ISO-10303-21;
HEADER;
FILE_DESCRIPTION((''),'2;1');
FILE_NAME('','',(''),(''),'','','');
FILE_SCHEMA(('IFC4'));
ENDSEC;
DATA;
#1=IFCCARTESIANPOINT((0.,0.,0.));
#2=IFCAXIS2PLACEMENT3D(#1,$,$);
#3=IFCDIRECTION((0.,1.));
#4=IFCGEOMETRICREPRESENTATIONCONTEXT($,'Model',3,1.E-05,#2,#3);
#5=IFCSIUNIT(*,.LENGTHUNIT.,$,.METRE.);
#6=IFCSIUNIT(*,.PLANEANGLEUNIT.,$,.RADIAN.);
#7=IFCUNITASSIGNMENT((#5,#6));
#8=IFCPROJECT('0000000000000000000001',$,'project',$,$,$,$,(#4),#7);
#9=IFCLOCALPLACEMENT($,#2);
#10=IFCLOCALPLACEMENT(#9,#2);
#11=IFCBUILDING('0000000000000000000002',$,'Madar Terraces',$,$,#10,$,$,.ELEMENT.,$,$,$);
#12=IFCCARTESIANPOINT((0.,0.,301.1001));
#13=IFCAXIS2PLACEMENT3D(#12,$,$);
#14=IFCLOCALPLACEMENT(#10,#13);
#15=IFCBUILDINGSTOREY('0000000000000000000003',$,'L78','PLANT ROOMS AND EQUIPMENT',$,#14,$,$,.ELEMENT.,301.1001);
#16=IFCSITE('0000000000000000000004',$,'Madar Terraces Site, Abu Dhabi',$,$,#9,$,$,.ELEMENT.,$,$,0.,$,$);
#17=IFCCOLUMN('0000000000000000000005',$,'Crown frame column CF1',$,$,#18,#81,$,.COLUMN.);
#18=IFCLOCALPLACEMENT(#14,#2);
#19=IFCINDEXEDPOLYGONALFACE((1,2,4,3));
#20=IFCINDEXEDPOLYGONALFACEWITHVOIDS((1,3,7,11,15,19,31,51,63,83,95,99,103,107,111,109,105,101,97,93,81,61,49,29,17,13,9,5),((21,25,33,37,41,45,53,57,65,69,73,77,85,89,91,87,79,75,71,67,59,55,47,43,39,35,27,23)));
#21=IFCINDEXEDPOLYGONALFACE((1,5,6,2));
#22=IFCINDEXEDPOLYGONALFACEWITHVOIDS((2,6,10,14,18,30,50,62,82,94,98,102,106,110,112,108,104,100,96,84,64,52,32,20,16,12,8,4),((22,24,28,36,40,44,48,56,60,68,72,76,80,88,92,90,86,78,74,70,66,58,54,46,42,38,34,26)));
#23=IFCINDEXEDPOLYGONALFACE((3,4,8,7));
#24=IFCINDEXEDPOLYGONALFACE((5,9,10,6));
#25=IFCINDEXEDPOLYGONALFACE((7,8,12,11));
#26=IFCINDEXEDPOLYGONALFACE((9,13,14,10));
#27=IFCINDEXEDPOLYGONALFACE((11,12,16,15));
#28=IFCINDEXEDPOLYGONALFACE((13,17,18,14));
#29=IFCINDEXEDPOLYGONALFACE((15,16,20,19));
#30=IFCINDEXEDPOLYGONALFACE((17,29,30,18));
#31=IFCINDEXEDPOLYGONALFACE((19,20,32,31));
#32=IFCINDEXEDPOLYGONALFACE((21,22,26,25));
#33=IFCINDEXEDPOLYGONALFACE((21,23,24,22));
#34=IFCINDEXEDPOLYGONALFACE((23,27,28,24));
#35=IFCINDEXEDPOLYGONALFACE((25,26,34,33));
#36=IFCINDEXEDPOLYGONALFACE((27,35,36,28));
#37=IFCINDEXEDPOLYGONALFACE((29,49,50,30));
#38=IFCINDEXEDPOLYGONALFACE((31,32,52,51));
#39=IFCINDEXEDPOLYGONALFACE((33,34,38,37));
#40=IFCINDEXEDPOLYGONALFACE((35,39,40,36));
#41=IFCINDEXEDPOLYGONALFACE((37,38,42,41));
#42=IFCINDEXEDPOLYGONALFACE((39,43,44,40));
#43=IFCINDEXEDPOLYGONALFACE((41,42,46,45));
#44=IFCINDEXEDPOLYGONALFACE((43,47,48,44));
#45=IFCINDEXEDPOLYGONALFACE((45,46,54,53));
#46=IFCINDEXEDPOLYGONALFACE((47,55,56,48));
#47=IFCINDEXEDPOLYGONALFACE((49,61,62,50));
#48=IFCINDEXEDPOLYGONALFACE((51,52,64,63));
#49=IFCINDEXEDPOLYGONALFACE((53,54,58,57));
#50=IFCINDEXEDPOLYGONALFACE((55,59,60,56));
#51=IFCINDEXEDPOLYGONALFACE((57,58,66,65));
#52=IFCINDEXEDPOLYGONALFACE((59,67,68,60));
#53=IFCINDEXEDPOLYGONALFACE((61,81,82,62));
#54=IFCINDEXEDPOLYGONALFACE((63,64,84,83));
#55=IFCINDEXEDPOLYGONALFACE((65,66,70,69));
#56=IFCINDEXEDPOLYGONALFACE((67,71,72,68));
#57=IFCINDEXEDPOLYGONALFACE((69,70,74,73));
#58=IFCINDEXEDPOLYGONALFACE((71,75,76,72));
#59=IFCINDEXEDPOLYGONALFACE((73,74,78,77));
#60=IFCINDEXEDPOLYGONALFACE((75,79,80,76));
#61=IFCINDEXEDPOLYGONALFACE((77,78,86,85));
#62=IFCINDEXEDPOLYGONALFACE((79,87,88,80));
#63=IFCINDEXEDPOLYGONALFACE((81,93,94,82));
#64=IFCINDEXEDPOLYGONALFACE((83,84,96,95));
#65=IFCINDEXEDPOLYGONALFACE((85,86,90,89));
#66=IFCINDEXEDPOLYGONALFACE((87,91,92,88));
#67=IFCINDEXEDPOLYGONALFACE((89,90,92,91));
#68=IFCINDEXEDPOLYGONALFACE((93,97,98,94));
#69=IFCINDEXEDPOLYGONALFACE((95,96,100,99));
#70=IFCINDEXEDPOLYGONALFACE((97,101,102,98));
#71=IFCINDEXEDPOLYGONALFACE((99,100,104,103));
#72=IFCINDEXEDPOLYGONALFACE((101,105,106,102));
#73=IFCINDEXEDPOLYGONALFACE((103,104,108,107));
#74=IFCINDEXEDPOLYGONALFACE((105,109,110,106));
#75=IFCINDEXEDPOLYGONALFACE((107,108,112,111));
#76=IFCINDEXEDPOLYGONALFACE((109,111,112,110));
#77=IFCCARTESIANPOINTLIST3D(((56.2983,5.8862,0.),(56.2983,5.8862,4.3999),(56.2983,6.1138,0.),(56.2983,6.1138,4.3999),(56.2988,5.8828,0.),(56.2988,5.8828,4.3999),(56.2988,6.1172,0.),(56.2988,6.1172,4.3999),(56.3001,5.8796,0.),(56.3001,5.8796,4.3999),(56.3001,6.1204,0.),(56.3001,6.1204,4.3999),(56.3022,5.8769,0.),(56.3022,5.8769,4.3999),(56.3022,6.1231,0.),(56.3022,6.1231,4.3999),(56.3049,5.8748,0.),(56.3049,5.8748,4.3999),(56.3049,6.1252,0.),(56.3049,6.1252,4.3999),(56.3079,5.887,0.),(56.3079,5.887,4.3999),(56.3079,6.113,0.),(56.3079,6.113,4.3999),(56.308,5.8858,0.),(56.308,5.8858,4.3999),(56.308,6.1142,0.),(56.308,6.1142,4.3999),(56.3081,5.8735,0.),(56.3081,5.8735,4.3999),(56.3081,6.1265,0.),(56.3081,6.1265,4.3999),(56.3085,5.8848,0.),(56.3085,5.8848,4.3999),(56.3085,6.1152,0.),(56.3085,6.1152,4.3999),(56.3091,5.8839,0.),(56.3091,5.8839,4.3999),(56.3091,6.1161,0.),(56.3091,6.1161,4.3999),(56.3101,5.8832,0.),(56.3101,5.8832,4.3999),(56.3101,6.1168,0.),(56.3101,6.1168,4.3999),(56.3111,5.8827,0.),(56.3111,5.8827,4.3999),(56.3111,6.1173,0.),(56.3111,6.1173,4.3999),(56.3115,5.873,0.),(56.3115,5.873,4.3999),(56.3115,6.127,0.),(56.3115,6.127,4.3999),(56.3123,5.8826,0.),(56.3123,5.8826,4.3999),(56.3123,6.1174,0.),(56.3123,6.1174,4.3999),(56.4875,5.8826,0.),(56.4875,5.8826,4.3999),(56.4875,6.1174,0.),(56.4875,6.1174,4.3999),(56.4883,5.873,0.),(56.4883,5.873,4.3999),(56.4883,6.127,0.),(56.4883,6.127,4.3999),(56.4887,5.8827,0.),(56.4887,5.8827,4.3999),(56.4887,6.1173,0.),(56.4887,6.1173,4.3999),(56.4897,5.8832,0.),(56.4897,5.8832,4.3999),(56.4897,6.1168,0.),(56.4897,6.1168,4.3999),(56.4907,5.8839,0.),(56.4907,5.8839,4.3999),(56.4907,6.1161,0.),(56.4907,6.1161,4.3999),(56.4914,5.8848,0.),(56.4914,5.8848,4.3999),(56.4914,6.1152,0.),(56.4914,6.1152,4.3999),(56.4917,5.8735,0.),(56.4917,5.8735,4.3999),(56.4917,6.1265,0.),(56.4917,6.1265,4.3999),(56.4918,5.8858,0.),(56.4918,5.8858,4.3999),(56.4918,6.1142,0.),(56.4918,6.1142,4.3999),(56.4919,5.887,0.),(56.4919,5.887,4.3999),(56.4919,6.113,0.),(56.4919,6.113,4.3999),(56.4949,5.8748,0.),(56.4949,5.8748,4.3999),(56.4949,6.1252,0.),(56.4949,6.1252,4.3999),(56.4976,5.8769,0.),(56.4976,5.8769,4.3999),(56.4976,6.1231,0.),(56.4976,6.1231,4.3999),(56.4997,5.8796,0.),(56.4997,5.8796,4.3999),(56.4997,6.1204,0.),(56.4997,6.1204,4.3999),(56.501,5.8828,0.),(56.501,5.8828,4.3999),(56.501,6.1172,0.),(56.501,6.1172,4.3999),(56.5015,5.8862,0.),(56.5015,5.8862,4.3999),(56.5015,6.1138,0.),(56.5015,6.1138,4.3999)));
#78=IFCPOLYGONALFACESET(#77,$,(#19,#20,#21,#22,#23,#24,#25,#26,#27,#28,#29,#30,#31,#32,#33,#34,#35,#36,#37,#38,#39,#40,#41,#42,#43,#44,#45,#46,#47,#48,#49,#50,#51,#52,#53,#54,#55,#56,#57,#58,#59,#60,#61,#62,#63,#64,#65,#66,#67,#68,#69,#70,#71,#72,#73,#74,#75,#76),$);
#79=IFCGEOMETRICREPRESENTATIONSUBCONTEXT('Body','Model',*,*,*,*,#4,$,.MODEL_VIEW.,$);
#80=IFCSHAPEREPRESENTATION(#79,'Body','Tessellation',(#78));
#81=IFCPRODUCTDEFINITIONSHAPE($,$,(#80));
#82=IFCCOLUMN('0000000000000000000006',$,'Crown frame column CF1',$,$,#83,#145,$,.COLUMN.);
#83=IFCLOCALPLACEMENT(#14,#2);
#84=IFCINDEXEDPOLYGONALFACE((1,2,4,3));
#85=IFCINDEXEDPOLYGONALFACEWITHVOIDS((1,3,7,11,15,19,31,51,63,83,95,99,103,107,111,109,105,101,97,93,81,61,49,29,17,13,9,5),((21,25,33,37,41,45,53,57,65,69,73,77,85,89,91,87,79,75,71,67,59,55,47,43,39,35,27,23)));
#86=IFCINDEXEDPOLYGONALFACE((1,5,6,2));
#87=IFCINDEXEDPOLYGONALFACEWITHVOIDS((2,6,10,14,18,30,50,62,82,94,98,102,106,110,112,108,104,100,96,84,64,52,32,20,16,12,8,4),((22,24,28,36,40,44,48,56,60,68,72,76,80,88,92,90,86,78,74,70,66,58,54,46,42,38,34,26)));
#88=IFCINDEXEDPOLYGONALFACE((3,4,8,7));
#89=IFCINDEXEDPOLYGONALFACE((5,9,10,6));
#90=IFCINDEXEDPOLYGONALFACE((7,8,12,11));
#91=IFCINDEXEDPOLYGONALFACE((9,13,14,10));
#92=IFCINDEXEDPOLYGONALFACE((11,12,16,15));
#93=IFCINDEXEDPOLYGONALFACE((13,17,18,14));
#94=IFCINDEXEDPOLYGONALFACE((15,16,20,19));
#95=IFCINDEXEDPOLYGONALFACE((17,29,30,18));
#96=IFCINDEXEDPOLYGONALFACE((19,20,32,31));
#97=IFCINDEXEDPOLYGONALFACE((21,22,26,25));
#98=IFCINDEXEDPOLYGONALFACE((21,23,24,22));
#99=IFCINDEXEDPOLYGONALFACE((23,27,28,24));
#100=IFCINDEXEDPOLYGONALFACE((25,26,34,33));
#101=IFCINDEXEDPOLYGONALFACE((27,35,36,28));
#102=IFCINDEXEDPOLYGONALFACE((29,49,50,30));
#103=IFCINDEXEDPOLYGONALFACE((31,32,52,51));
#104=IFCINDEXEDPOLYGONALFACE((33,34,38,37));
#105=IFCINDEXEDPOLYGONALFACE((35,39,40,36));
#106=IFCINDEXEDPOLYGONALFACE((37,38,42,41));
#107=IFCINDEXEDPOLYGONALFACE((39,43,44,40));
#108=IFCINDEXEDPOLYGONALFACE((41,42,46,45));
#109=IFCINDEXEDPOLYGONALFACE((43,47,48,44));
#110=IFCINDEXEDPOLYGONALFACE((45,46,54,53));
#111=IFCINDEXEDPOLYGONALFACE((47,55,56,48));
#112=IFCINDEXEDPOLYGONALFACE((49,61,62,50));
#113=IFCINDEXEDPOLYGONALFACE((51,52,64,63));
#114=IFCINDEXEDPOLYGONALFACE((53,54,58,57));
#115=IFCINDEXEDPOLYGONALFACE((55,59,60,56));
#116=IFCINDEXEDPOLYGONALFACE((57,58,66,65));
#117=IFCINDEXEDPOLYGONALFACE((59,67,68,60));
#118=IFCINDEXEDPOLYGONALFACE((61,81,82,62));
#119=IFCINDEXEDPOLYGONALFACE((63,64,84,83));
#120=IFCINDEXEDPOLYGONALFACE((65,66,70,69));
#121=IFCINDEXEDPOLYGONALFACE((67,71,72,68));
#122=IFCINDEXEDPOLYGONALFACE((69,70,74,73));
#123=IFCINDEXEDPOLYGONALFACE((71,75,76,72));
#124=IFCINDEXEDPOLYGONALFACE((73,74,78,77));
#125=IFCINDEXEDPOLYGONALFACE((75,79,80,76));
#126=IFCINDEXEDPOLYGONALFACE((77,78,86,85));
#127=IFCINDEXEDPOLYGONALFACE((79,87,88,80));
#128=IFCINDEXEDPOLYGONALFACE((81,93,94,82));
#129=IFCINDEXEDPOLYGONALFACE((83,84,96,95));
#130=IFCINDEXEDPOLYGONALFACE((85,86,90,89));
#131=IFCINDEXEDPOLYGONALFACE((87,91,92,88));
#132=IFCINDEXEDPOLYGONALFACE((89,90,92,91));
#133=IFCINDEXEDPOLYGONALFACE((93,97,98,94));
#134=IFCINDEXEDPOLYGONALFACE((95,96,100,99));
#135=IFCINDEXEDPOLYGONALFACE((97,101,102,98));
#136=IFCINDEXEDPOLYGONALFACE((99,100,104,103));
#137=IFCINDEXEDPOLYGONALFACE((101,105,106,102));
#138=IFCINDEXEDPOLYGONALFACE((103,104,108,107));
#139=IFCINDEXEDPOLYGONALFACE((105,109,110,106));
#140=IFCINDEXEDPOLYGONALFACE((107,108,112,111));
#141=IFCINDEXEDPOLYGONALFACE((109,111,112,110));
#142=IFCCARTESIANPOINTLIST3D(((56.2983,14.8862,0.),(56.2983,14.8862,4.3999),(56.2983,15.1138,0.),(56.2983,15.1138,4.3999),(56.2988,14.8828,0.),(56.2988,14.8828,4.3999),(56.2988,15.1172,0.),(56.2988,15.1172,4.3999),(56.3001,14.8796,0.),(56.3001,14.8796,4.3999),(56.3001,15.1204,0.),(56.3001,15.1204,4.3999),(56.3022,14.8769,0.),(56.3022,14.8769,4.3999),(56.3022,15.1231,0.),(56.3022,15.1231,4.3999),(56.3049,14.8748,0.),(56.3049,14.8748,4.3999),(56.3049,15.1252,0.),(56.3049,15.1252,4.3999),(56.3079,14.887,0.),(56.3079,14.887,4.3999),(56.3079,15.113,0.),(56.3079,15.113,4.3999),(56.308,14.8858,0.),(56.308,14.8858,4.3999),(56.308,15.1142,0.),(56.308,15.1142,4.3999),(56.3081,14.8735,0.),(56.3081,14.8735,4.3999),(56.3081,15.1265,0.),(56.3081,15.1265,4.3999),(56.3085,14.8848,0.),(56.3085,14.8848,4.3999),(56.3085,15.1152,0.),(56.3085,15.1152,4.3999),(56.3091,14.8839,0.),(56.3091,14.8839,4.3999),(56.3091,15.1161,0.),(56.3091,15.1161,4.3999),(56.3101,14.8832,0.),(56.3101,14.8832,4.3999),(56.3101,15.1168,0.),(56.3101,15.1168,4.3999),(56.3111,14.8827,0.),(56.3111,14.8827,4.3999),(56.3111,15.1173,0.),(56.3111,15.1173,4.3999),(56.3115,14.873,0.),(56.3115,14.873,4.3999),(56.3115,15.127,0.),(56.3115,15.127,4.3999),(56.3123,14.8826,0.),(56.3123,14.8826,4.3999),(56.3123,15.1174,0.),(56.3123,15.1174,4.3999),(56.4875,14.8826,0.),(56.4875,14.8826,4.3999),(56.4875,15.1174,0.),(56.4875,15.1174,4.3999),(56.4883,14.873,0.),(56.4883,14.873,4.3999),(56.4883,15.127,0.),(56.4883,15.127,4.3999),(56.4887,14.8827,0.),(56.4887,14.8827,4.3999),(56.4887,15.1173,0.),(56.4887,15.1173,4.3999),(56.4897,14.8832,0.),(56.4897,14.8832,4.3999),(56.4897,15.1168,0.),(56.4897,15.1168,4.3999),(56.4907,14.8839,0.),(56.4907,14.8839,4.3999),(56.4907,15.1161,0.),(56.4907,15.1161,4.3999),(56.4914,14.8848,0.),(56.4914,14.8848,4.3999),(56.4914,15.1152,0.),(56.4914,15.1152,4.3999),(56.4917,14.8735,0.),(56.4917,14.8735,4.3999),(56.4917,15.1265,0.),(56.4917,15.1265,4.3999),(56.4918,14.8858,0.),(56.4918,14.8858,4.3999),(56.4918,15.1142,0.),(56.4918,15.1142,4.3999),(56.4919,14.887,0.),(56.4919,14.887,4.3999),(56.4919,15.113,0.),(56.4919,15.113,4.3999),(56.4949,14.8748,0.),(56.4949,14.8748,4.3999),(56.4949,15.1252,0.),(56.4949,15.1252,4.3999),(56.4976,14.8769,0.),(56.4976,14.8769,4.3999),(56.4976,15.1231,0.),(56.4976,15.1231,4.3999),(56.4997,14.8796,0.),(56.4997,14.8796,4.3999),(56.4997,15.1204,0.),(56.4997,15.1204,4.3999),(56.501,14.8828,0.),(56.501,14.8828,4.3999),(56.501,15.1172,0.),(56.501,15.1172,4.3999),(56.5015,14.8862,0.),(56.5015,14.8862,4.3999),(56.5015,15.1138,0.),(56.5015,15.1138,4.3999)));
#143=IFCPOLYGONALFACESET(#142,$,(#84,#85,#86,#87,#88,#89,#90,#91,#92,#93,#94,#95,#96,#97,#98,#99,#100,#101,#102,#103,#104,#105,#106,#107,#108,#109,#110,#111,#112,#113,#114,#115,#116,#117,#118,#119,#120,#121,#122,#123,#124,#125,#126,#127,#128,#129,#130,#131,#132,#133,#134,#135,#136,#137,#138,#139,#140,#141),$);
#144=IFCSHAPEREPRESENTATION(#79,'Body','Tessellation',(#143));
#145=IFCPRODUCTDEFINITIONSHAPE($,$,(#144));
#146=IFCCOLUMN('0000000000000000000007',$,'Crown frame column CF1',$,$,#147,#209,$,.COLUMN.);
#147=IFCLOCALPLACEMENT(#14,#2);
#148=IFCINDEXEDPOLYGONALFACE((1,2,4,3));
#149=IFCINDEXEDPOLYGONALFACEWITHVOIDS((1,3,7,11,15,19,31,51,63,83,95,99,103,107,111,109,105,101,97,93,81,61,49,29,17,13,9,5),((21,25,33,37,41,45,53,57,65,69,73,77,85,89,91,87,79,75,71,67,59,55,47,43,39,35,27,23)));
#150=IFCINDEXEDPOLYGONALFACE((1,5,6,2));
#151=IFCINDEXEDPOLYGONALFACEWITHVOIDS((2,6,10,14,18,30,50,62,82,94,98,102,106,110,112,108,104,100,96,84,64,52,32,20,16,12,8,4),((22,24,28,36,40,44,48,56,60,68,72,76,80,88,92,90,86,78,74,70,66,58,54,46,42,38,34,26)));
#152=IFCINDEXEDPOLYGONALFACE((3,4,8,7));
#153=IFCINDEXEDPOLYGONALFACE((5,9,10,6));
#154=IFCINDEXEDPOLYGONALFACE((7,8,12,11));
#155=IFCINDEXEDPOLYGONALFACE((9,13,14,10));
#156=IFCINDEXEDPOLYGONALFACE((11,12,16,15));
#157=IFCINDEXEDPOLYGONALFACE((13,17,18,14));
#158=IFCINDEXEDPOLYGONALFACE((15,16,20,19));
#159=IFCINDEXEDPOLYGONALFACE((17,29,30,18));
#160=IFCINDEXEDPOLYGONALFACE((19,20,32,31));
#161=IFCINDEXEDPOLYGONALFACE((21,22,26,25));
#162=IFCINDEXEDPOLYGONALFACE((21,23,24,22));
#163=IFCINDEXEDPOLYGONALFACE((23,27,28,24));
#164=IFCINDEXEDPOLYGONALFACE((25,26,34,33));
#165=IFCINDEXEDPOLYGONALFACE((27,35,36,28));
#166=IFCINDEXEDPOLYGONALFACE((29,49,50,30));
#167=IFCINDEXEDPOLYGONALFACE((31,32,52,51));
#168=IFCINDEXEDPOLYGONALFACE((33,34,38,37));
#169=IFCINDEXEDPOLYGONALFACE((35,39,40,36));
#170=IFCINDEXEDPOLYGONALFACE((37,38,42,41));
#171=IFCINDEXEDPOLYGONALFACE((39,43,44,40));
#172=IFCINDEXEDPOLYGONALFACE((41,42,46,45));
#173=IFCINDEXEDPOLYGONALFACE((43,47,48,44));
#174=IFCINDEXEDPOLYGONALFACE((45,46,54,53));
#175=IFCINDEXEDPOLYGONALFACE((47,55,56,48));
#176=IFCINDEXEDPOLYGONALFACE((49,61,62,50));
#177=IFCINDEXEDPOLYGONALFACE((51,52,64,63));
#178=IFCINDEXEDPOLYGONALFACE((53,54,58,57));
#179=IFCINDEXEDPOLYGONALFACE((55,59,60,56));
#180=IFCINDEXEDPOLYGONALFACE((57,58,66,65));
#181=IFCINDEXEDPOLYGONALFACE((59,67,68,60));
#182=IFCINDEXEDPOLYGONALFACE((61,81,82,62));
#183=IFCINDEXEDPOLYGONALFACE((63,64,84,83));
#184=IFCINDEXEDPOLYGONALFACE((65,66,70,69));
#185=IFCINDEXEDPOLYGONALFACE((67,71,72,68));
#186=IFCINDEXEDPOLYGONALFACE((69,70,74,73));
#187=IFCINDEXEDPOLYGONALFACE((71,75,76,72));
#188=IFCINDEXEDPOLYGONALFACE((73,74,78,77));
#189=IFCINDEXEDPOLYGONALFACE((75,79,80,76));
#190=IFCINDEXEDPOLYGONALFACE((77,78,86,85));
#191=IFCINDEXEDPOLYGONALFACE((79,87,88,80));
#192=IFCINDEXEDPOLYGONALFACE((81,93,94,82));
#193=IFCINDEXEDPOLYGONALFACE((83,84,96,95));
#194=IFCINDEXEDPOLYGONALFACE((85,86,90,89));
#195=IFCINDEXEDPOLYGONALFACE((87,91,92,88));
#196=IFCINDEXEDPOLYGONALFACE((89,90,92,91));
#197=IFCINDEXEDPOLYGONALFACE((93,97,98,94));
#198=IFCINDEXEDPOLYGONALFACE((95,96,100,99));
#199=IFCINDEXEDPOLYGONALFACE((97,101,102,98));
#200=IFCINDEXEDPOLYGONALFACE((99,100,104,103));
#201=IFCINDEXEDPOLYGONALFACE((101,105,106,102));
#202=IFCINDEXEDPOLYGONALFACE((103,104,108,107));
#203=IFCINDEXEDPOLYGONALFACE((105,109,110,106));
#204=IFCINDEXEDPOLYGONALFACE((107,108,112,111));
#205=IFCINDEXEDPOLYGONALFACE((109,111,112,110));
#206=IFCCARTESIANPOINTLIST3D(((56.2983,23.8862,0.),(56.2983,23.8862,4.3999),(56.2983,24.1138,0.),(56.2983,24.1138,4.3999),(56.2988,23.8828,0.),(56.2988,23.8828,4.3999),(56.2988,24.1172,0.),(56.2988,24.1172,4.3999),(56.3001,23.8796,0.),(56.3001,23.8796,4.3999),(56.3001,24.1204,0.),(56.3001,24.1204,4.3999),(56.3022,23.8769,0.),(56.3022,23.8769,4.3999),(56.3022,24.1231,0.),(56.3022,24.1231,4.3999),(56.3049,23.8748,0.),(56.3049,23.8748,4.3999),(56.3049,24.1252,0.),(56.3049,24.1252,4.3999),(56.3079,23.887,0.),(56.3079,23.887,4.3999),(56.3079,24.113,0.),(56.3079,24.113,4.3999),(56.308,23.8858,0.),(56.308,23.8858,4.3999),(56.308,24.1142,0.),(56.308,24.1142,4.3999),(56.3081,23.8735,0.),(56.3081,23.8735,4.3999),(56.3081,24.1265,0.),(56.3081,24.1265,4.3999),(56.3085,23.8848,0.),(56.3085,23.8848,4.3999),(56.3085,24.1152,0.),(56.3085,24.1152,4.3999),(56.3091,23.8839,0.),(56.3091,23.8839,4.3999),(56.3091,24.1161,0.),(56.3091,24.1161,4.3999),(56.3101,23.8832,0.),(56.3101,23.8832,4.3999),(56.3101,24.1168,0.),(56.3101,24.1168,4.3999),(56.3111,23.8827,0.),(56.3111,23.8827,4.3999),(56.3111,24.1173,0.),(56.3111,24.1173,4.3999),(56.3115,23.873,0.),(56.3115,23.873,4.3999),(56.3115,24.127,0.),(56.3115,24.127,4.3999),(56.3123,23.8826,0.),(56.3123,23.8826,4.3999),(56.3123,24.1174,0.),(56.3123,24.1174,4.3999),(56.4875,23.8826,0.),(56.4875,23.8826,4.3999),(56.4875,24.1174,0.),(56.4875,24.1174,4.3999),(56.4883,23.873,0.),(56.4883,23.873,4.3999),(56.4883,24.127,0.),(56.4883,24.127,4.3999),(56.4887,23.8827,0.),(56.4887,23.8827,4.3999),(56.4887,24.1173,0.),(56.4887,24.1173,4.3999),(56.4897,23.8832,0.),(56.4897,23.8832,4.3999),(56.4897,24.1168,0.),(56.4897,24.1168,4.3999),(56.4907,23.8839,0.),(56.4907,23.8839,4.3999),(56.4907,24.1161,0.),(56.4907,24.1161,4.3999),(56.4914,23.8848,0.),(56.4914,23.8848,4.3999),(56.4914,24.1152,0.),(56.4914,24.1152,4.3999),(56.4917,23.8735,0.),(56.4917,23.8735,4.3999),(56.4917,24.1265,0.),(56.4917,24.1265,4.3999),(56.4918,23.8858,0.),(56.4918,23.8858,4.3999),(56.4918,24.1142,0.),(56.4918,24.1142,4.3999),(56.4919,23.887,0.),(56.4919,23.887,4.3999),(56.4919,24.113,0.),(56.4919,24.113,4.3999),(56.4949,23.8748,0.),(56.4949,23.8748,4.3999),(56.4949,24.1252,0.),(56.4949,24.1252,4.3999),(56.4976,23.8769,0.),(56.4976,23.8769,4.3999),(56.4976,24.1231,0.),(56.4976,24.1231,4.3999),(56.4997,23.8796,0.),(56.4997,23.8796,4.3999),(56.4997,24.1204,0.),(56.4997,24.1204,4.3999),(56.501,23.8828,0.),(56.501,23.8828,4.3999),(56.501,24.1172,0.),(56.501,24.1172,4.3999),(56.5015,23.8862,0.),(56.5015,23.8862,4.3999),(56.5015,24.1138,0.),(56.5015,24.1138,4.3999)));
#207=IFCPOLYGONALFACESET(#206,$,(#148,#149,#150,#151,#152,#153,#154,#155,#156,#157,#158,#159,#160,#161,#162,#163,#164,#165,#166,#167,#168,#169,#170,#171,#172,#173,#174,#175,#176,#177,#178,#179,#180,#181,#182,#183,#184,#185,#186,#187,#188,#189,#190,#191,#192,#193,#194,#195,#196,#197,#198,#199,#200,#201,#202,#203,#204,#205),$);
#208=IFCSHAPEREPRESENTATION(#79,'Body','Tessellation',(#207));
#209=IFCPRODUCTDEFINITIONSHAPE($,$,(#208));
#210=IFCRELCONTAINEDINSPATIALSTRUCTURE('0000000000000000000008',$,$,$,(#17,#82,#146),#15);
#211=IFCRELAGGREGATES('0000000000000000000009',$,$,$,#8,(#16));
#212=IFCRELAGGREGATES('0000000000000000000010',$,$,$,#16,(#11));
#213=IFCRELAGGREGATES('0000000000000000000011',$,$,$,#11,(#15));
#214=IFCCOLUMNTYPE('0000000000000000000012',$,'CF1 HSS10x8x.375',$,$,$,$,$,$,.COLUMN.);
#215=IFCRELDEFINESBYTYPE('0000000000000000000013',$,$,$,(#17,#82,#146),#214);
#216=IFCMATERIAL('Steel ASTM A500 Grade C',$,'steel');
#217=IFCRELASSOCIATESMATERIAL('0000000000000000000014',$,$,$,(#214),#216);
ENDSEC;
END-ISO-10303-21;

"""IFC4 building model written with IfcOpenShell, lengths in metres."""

from ifc_helpers import new_model, si_unit, direction, frame, origin, origin_2d, place, context, subcontext, project, spatial, hollow_rectangle, extrude, material, material_profile, profile_set, type_object, element, save


model = new_model("IFC4")

# Units and contexts
model_context = context("Model", 3, precision=1e-05, world=origin(), true_north=direction((0.0, 1.0)))
body_context = subcontext(model_context, "Body", "Model", "MODEL_VIEW")
ifc_project = project(units=[si_unit("LENGTHUNIT", "METRE"), si_unit("PLANEANGLEUNIT", "RADIAN")], contexts=[model_context])

# Site, building, storey
site_placement = place(None, origin())
site = spatial("IfcSite", under=ifc_project, at=site_placement, Name="Madar Terraces Site, Abu Dhabi", CompositionType="ELEMENT", RefElevation=0.0)
building_placement = place(site_placement, origin())
building = spatial("IfcBuilding", under=site, at=building_placement, Name="Madar Terraces", CompositionType="ELEMENT")
storey_placement = place(building_placement, frame((0.0, 0.0, 301.1001)))
storey = spatial("IfcBuildingStorey", under=building, at=storey_placement, Name="L78", Description="PLANT ROOMS AND EQUIPMENT", CompositionType="ELEMENT", Elevation=301.1001)

# Columns
ifc_material_1 = material(Name="Steel ASTM A500 Grade C", Category="steel")
ifc_material_profile_1 = material_profile(ifc_material_1, hollow_rectangle(XDim=0.2031, YDim=0.2539, WallThickness=0.0095, InnerFilletRadius=0.0044, OuterFilletRadius=0.0132, at=origin_2d()), Name="HSS10x8x.375")
ifc_profile_set_1 = profile_set([ifc_material_profile_1], Name="Steel ASTM A500 Grade C")
column_type = type_object("IfcColumnType", Name="CF1 HSS10x8x.375", PredefinedType="COLUMN", material=ifc_profile_set_1)
for number, where, z_axis, x_axis, name in (
    (1, (56.3999, 6.0, 0.0), (0.0, 0.0, 1.0), (1.0, 0.0, 0.0), "Crown frame column CF1"),
    (2, (56.3999, 15.0, 0.0), (0.0, 0.0, 1.0), (1.0, 0.0, 0.0), "Crown frame column CF1"),
    (3, (56.3999, 24.0, 0.0), (0.0, 0.0, 1.0), (1.0, 0.0, 0.0), "Crown frame column CF1"),
):
    element("IfcColumn", number, at=place(storey_placement, frame(where, z_axis=z_axis, x_axis=x_axis)), inside=storey, type_object=column_type, Name=name, PredefinedType="COLUMN", context=body_context, shape_type="SweptSolid", body=[
        extrude(hollow_rectangle(XDim=0.2031, YDim=0.2539, WallThickness=0.0095, InnerFilletRadius=0.0044, OuterFilletRadius=0.0132, at=origin_2d()), origin(), (0.0, 0.0, 1.0), 4.3999),
    ])

save(model, "model.ifc")
